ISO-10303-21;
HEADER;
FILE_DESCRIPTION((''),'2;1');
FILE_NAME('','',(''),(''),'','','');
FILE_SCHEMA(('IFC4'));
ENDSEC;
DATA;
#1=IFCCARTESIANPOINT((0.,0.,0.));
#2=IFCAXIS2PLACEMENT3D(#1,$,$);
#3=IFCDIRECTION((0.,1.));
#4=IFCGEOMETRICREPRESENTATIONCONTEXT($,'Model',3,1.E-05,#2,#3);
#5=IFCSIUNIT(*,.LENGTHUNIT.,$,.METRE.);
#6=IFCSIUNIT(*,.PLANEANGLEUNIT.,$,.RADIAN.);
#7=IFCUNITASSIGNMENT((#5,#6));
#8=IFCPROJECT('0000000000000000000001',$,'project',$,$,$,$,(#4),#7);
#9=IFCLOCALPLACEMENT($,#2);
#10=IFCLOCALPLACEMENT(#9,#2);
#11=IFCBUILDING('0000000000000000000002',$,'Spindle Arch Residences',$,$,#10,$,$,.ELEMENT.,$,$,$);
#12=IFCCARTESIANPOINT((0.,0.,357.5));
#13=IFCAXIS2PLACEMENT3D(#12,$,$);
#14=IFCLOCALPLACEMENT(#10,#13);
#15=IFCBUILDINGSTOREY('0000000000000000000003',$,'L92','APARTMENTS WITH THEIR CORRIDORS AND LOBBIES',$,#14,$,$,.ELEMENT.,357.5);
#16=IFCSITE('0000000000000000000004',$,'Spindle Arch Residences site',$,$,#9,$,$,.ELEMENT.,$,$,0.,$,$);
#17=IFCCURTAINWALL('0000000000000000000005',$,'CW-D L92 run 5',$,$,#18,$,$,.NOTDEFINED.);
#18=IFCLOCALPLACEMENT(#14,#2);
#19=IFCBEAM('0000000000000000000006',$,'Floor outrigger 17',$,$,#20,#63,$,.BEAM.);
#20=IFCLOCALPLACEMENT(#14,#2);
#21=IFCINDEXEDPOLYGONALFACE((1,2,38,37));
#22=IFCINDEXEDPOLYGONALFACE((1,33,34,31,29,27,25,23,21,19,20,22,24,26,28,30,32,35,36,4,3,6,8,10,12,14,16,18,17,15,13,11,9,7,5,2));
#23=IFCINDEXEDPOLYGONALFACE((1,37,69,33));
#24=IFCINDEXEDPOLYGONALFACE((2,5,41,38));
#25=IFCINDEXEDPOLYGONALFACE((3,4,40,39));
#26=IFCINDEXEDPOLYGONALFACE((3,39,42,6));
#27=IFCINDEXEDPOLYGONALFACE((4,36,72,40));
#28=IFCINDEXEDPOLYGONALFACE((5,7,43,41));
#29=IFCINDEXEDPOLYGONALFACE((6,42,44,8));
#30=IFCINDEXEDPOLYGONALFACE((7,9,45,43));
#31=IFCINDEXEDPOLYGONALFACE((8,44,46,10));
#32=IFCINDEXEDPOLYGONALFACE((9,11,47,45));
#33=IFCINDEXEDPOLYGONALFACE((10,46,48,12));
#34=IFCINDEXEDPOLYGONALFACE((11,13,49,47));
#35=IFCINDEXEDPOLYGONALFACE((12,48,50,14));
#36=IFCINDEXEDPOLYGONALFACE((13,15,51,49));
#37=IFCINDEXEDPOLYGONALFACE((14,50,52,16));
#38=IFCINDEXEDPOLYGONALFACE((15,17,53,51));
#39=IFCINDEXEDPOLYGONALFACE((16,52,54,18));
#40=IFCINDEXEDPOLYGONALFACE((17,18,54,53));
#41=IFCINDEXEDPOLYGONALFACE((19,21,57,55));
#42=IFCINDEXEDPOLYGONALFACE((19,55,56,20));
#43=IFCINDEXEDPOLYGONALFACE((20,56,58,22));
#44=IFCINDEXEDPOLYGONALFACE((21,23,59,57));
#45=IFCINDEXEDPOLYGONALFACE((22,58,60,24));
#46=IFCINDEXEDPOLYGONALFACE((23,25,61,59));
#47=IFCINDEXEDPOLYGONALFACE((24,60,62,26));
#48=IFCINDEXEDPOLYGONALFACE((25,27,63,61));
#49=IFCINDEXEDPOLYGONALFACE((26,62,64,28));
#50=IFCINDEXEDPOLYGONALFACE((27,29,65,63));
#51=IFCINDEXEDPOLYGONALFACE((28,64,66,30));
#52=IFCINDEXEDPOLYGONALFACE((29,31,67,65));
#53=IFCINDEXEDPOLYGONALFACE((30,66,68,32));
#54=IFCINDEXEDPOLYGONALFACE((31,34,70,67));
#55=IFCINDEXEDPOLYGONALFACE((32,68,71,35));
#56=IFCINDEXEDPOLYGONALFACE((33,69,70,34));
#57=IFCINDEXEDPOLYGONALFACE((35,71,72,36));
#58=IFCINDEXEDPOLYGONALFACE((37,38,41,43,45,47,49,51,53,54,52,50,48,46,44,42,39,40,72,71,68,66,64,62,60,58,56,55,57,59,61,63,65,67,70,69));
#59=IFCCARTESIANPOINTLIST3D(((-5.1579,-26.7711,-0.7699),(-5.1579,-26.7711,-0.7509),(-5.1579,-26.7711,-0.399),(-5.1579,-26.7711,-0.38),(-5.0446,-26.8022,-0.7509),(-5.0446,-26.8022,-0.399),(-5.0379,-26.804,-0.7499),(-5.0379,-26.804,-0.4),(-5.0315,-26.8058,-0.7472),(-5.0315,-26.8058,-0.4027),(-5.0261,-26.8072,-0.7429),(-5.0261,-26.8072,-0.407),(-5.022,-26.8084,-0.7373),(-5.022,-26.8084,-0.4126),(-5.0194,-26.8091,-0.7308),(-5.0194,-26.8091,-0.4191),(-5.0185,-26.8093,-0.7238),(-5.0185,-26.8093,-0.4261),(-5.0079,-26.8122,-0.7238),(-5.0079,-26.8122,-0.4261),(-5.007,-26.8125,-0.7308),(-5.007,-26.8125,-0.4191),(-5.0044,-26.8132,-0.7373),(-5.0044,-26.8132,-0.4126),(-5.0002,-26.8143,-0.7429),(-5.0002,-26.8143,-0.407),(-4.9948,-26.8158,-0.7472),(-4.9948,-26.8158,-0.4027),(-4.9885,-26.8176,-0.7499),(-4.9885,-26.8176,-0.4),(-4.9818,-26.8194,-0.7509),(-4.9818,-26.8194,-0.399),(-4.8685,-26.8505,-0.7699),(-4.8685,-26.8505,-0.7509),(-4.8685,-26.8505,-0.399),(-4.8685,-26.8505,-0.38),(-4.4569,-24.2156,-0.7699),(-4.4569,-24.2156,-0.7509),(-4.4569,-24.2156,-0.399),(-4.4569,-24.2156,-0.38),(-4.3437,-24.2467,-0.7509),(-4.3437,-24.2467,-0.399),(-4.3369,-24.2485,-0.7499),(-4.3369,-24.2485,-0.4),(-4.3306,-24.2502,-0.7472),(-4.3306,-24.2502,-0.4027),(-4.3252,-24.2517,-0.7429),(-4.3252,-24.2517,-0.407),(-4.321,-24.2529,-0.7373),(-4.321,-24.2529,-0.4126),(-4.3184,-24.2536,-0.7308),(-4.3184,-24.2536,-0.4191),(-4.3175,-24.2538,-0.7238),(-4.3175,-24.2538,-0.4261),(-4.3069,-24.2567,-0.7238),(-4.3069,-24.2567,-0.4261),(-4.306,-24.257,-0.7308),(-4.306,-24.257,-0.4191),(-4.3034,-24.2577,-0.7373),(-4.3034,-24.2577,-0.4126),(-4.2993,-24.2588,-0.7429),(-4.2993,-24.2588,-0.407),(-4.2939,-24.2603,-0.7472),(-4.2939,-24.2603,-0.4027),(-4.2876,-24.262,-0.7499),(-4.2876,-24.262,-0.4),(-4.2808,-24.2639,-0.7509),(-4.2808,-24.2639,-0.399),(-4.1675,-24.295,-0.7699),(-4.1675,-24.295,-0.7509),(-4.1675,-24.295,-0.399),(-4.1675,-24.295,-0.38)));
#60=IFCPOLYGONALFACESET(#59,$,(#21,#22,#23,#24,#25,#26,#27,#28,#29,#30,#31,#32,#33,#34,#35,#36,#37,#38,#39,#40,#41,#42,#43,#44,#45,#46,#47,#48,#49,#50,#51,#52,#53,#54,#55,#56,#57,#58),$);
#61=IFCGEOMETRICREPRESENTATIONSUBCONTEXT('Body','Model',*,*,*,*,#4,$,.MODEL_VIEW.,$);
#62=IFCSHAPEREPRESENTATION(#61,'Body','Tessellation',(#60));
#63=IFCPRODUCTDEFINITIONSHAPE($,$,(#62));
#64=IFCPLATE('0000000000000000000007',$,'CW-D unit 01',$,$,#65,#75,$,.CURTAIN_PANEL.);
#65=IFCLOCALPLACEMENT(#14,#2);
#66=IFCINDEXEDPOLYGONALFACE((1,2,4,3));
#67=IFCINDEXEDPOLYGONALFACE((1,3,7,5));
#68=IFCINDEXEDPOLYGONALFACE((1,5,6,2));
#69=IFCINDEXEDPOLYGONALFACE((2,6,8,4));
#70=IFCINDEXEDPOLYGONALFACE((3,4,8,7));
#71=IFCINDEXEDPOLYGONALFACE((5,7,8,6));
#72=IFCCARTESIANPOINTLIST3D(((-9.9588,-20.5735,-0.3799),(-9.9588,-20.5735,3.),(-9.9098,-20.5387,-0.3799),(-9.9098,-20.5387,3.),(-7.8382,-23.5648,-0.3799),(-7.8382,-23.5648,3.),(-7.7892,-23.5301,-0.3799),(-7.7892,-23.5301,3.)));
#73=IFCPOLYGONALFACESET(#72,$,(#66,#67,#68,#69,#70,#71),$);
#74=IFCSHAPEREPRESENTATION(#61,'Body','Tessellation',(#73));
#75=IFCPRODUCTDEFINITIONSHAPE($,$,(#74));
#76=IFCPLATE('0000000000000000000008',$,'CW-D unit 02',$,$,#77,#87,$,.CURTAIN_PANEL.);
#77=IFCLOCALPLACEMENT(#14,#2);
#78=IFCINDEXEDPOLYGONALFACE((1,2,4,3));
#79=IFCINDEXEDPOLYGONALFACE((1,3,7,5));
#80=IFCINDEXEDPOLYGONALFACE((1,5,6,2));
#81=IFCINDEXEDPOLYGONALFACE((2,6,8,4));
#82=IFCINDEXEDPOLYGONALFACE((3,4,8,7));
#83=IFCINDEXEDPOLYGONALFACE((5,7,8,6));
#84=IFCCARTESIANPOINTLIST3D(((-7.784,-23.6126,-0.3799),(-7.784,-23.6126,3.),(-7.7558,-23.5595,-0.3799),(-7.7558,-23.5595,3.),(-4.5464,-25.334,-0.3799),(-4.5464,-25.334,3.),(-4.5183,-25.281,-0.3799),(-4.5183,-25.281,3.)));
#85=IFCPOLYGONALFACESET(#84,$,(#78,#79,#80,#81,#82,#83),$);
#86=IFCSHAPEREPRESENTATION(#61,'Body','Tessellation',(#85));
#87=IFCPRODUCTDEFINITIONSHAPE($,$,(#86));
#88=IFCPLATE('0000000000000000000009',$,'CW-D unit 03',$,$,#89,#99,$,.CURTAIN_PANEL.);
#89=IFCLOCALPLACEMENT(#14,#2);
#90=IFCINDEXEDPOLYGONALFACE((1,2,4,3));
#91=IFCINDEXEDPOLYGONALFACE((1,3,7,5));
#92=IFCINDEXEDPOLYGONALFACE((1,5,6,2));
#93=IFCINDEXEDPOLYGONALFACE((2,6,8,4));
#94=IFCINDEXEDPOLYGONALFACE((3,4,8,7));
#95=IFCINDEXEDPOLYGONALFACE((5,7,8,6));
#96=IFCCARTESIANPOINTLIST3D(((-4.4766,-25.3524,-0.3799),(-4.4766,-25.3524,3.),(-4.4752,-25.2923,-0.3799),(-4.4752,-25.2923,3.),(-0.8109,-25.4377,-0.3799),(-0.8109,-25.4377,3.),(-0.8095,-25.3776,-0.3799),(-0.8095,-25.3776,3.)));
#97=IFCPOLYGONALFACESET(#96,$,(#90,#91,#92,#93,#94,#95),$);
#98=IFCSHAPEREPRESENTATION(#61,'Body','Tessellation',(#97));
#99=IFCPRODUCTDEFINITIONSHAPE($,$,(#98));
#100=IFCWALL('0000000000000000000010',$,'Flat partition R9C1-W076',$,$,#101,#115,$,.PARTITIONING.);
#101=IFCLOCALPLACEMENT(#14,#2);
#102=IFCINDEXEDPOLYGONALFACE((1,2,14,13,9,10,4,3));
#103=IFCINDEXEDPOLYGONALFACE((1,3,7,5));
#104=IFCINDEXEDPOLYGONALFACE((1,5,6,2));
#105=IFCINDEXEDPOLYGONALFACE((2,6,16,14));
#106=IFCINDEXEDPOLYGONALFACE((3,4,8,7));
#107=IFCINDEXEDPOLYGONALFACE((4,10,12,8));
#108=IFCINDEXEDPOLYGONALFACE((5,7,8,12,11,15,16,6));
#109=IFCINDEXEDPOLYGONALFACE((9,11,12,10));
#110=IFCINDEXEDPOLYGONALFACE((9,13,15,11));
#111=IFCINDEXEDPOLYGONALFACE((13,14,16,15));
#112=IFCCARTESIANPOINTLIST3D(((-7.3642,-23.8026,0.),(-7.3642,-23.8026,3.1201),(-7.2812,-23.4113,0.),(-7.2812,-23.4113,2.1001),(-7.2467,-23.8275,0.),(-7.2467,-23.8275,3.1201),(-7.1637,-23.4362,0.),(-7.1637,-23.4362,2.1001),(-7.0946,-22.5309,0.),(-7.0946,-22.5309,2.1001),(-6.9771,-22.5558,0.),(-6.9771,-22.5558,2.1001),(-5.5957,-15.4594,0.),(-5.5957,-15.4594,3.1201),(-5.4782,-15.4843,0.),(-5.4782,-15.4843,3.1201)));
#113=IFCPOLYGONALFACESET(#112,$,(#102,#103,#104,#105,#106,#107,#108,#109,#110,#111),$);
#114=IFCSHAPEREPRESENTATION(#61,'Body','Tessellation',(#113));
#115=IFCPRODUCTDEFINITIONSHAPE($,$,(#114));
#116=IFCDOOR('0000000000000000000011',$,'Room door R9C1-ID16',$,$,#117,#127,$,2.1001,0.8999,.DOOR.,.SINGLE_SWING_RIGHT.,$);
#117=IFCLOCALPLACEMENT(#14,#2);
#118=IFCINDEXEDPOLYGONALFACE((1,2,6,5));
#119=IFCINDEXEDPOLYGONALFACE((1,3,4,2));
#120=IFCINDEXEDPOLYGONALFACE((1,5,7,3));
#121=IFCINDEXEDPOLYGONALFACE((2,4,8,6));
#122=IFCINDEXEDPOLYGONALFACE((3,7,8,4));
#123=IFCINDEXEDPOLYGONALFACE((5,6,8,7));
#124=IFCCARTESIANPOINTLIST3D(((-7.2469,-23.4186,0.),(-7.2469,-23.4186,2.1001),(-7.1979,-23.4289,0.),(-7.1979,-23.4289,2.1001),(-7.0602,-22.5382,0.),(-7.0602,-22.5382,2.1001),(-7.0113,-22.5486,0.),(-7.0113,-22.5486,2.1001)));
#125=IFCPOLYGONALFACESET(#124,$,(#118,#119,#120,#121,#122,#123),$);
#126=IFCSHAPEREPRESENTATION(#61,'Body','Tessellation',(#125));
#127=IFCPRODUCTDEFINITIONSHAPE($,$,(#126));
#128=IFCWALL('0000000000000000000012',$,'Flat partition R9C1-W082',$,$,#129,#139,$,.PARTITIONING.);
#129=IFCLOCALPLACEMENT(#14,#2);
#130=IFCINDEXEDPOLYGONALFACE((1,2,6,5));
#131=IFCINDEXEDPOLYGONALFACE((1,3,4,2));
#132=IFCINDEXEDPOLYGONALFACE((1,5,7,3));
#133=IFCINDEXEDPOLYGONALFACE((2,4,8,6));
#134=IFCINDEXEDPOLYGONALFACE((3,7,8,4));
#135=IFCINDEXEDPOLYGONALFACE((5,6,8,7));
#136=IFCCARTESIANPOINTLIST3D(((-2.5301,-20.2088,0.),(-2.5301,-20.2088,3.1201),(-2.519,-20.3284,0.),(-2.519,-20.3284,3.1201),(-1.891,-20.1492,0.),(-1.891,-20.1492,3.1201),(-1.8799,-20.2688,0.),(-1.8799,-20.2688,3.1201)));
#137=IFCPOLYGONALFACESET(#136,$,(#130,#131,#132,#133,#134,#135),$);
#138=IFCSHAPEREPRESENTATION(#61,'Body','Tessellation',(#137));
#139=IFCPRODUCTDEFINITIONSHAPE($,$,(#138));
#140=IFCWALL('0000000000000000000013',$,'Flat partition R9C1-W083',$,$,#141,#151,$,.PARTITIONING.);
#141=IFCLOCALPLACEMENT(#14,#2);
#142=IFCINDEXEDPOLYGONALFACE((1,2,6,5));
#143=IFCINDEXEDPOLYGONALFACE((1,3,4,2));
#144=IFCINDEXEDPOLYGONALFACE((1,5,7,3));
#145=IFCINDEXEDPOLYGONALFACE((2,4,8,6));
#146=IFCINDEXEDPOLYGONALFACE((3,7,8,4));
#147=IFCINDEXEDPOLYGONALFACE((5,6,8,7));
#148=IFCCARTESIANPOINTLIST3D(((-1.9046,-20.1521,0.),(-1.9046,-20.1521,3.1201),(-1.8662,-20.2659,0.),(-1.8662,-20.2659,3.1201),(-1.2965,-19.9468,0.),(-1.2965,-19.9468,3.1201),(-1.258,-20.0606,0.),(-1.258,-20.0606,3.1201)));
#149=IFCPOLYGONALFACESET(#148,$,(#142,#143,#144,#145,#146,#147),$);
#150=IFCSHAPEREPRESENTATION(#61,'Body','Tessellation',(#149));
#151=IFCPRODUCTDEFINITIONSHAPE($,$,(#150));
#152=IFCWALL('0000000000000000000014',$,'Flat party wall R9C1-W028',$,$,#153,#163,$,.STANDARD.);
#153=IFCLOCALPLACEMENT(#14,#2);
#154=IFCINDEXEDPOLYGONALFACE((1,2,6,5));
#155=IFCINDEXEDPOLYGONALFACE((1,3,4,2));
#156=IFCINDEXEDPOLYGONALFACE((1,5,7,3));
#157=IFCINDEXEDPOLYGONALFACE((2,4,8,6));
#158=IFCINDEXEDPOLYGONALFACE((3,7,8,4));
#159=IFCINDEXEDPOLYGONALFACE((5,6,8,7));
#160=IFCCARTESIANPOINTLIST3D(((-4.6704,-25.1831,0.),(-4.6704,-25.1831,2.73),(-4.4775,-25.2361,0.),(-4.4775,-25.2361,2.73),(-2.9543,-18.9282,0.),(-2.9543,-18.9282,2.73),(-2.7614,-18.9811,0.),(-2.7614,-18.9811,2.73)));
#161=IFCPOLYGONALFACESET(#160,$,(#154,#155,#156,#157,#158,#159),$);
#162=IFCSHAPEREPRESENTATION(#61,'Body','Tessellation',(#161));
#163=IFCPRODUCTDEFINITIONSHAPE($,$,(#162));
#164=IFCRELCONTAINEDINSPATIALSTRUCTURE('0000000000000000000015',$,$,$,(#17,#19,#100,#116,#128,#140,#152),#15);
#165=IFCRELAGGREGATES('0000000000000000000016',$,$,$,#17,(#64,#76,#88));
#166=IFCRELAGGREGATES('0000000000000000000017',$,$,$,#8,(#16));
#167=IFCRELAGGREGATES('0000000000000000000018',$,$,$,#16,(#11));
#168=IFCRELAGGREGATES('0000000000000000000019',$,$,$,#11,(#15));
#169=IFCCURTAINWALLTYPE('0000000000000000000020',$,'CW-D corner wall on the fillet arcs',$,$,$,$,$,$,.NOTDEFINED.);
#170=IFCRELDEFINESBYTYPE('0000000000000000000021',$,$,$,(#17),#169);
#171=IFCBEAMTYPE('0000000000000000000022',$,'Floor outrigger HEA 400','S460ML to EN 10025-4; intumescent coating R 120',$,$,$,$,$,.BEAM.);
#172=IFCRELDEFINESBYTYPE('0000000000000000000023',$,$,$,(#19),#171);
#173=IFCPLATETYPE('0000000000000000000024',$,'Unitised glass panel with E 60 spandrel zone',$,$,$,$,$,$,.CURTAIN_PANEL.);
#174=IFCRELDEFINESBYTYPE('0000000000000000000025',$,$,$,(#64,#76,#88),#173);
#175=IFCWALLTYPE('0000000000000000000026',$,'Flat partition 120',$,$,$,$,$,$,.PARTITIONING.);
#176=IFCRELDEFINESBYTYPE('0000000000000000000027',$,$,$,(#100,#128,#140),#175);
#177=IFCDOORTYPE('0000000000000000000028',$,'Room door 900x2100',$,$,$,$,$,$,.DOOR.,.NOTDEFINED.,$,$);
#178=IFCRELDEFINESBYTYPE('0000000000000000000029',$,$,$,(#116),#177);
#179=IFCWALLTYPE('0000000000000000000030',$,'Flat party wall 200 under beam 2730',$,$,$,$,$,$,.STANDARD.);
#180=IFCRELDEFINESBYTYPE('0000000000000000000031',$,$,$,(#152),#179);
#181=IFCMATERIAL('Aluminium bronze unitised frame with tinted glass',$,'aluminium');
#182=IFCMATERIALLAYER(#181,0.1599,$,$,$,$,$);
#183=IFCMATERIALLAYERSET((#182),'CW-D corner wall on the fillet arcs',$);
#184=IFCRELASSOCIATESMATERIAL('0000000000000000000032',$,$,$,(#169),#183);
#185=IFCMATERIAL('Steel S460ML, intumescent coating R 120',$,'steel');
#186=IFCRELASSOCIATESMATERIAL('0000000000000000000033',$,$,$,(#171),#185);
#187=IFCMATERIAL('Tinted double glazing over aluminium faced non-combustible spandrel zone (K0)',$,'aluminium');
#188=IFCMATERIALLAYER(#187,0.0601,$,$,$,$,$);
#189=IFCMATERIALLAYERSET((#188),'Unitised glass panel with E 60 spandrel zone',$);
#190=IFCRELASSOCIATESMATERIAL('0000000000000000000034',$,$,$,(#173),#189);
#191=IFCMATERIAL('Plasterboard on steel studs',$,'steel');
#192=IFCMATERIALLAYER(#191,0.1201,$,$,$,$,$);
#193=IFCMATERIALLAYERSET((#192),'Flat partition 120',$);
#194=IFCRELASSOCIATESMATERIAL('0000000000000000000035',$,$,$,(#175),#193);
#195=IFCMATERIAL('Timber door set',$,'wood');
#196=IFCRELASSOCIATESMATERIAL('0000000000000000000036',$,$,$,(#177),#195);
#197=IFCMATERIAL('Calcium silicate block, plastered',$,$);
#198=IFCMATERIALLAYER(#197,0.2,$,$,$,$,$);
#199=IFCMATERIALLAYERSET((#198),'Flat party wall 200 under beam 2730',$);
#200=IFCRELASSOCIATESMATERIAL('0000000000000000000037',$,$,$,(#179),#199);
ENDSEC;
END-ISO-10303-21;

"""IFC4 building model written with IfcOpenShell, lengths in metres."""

from ifc_helpers import new_model, si_unit, direction, frame, frame_2d, origin, origin_2d, place, context, subcontext, project, spatial, rectangle, i_section, extrude, material, layer, layer_set, material_profile, profile_set, type_object, element, fill, aggregate, save


model = new_model("IFC4")

# Units and contexts
model_context = context("Model", 3, precision=1e-05, world=origin(), true_north=direction((0.0, 1.0)))
body_context = subcontext(model_context, "Body", "Model", "MODEL_VIEW")
ifc_project = project(units=[si_unit("LENGTHUNIT", "METRE"), si_unit("PLANEANGLEUNIT", "RADIAN")], contexts=[model_context])

# Site, building, storey
site_placement = place(None, origin())
site = spatial("IfcSite", under=ifc_project, at=site_placement, Name="Spindle Arch Residences site", CompositionType="ELEMENT", RefElevation=0.0)
building_placement = place(site_placement, origin())
building = spatial("IfcBuilding", under=site, at=building_placement, Name="Spindle Arch Residences", CompositionType="ELEMENT")
storey_placement = place(building_placement, frame((0.0, 0.0, 357.5)))
storey = spatial("IfcBuildingStorey", under=building, at=storey_placement, Name="L92", Description="APARTMENTS WITH THEIR CORRIDORS AND LOBBIES", CompositionType="ELEMENT", Elevation=357.5)

# Curtain wall
ifc_material_1 = material(Name="Aluminium bronze unitised frame with tinted glass", Category="aluminium")
ifc_layer_1 = layer(ifc_material_1, 0.1599)
ifc_layer_set_1 = layer_set([ifc_layer_1], Name="CW-D corner wall on the fillet arcs")
curtain_wall_type = type_object("IfcCurtainWallType", Name="CW-D corner wall on the fillet arcs", PredefinedType="NOTDEFINED", material=ifc_layer_set_1)
curtain_wall_placement = place(storey_placement, origin())
curtain_wall = element("IfcCurtainWall", 1, at=curtain_wall_placement, inside=storey, type_object=curtain_wall_type, Name="CW-D L92 run 5", PredefinedType="NOTDEFINED")

# Beam
ifc_material_2 = material(Name="Steel S460ML, intumescent coating R 120", Category="steel")
ifc_material_profile_1 = material_profile(ifc_material_2, i_section(OverallWidth=0.3, OverallDepth=0.3899, WebThickness=0.011, FlangeThickness=0.019, FilletRadius=0.0271, at=origin_2d()), Name="HEA 400")
ifc_profile_set_1 = profile_set([ifc_material_profile_1], Name="Steel S460ML, intumescent coating R 120")
beam_type_1 = type_object("IfcBeamType", Name="Floor outrigger HEA 400", Description="S460ML to EN 10025-4; intumescent coating R 120", PredefinedType="BEAM", material=ifc_profile_set_1)
beam_1_placement = place(storey_placement, frame((-5.0132, -26.8108, -0.575), z_axis=(0.26452, 0.96438, 0.0), x_axis=(-0.96438, 0.26452, 0.0)))
element("IfcBeam", 2, at=beam_1_placement, inside=storey, type_object=beam_type_1, Name="Floor outrigger 17", PredefinedType="BEAM", context=body_context, shape_type="SweptSolid", body=[
    extrude(i_section(OverallWidth=0.3, OverallDepth=0.3899, WebThickness=0.011, FlangeThickness=0.019, FilletRadius=0.0271, at=origin_2d()), origin(), (0.0, 0.0, 1.0), 2.6499),
])

# Plates
ifc_material_3 = material(Name="Tinted double glazing over aluminium faced non-combustible spandrel zone (K0)", Category="aluminium")
ifc_layer_2 = layer(ifc_material_3, 0.0601)
ifc_layer_set_2 = layer_set([ifc_layer_2], Name="Unitised glass panel with E 60 spandrel zone")
plate_type = type_object("IfcPlateType", Name="Unitised glass panel with E 60 spandrel zone", PredefinedType="CURTAIN_PANEL", material=ifc_layer_set_2)
plate_1_placement = place(storey_placement, frame((-8.874, -22.0518, -0.3799), z_axis=(0.0, 0.0, 1.0), x_axis=(0.578332, -0.815801, 0.0)))
plate_1 = element("IfcPlate", 3, at=plate_1_placement, type_object=plate_type, Name="CW-D unit 01", PredefinedType="CURTAIN_PANEL", context=body_context, shape_type="SweptSolid", body=[
    extrude(rectangle(XDim=3.6667, YDim=0.0601, at=origin_2d()), origin(), (0.0, 0.0, 1.0), 3.3799),
])
plate_2_placement = place(storey_placement, frame((-6.1511, -24.4468, -0.3799), z_axis=(0.0, 0.0, 1.0), x_axis=(0.882948, -0.469472, 0.0)))
plate_2 = element("IfcPlate", 4, at=plate_2_placement, type_object=plate_type, Name="CW-D unit 02", PredefinedType="CURTAIN_PANEL", context=body_context, shape_type="SweptSolid", body=[
    extrude(rectangle(XDim=3.6667, YDim=0.0601, at=origin_2d()), origin(), (0.0, 0.0, 1.0), 3.3799),
])
plate_3_placement = place(storey_placement, frame((-2.6431, -25.365, -0.3799), z_axis=(0.0, 0.0, 1.0), x_axis=(0.999729, -0.023269, 0.0)))
plate_3 = element("IfcPlate", 5, at=plate_3_placement, type_object=plate_type, Name="CW-D unit 03", PredefinedType="CURTAIN_PANEL", context=body_context, shape_type="SweptSolid", body=[
    extrude(rectangle(XDim=3.6667, YDim=0.0601, at=origin_2d()), origin(), (0.0, 0.0, 1.0), 3.3799),
])
aggregate(curtain_wall, [plate_1, plate_2, plate_3])

# Wall, opening, door
ifc_material_4 = material(Name="Plasterboard on steel studs", Category="steel")
ifc_layer_3 = layer(ifc_material_4, 0.1201)
ifc_layer_set_3 = layer_set([ifc_layer_3], Name="Flat partition 120")
wall_type_1 = type_object("IfcWallType", Name="Flat partition 120", PredefinedType="PARTITIONING", material=ifc_layer_set_3)
wall_1_placement = place(storey_placement, frame((-7.3054, -23.8149, 0.0), z_axis=(0.0, 0.0, 1.0), x_axis=(0.207366, 0.978263, 0.0)))
wall_1 = element("IfcWall", 6, at=wall_1_placement, inside=storey, type_object=wall_type_1, Name="Flat partition R9C1-W076", PredefinedType="PARTITIONING", context=body_context, shape_type="SweptSolid", body=[
    extrude(rectangle(XDim=8.5286, YDim=0.1201, at=frame_2d((4.2642, 0.0))), origin(), (0.0, 0.0, 1.0), 3.1201),
])
opening_placement = place(wall_1_placement, frame((0.3999, 0.0, 0.0)))
opening = element("IfcOpeningElement", 7, at=opening_placement, cuts=wall_1, PredefinedType="OPENING", context=body_context, shape_type="SweptSolid", body=[
    extrude(rectangle(XDim=0.8999, YDim=2.1001, at=frame_2d((0.45, 1.05))), frame((0.0, 0.0701, 0.0), z_axis=(0.0, -1.0, 0.0), x_axis=(1.0, 0.0, 0.0)), (0.0, 0.0, 1.0), 0.1401),
])
ifc_material_5 = material(Name="Timber door set", Category="wood")
door_type = type_object("IfcDoorType", Name="Room door 900x2100", OperationType="NOTDEFINED", PredefinedType="DOOR", material=ifc_material_5)
door_placement = place(opening_placement, origin())
door = element("IfcDoor", 8, at=door_placement, inside=storey, type_object=door_type, Name="Room door R9C1-ID16", OperationType="SINGLE_SWING_RIGHT", OverallHeight=2.1001, OverallWidth=0.8999, PredefinedType="DOOR", context=body_context, shape_type="SweptSolid", body=[
    extrude(rectangle(XDim=0.8999, YDim=2.1001, at=frame_2d((0.45, 1.05))), frame((0.0, 0.0249, 0.0), z_axis=(0.0, -1.0, 0.0), x_axis=(1.0, 0.0, 0.0)), (0.0, 0.0, 1.0), 0.05),
])
fill(opening, door)

# Walls
for number, where, z_axis, x_axis, name in (
    (9, (-2.5244, -20.2686, 0.0), (0.0, 0.0, 1.0), (0.995685, 0.092799, 0.0), "Flat partition R9C1-W082"),
    (10, (-1.8853, -20.209, 0.0), (0.0, 0.0, 1.0), (0.947459, 0.319877, 0.0), "Flat partition R9C1-W083"),
):
    element("IfcWall", number, at=place(storey_placement, frame(where, z_axis=z_axis, x_axis=x_axis)), inside=storey, type_object=wall_type_1, Name=name, PredefinedType="PARTITIONING", context=body_context, shape_type="SweptSolid", body=[
        extrude(rectangle(XDim=0.6418, YDim=0.1201, at=frame_2d((0.3208, 0.0))), origin(), (0.0, 0.0, 1.0), 3.1201),
    ])
ifc_material_6 = material(Name="Calcium silicate block, plastered")
ifc_layer_4 = layer(ifc_material_6, 0.2)
ifc_layer_set_4 = layer_set([ifc_layer_4], Name="Flat party wall 200 under beam 2730")
wall_type_2 = type_object("IfcWallType", Name="Flat party wall 200 under beam 2730", PredefinedType="STANDARD", material=ifc_layer_set_4)
wall_2_placement = place(storey_placement, frame((-4.574, -25.2097, 0.0), z_axis=(0.0, 0.0, 1.0), x_axis=(0.264579, 0.964364, 0.0)))
element("IfcWall", 11, at=wall_2_placement, inside=storey, type_object=wall_type_2, Name="Flat party wall R9C1-W028", PredefinedType="STANDARD", context=body_context, shape_type="SweptSolid", body=[
    extrude(rectangle(XDim=6.4861, YDim=0.2, at=frame_2d((3.2432, 0.0))), origin(), (0.0, 0.0, 1.0), 2.73),
])

save(model, "model.ifc")
